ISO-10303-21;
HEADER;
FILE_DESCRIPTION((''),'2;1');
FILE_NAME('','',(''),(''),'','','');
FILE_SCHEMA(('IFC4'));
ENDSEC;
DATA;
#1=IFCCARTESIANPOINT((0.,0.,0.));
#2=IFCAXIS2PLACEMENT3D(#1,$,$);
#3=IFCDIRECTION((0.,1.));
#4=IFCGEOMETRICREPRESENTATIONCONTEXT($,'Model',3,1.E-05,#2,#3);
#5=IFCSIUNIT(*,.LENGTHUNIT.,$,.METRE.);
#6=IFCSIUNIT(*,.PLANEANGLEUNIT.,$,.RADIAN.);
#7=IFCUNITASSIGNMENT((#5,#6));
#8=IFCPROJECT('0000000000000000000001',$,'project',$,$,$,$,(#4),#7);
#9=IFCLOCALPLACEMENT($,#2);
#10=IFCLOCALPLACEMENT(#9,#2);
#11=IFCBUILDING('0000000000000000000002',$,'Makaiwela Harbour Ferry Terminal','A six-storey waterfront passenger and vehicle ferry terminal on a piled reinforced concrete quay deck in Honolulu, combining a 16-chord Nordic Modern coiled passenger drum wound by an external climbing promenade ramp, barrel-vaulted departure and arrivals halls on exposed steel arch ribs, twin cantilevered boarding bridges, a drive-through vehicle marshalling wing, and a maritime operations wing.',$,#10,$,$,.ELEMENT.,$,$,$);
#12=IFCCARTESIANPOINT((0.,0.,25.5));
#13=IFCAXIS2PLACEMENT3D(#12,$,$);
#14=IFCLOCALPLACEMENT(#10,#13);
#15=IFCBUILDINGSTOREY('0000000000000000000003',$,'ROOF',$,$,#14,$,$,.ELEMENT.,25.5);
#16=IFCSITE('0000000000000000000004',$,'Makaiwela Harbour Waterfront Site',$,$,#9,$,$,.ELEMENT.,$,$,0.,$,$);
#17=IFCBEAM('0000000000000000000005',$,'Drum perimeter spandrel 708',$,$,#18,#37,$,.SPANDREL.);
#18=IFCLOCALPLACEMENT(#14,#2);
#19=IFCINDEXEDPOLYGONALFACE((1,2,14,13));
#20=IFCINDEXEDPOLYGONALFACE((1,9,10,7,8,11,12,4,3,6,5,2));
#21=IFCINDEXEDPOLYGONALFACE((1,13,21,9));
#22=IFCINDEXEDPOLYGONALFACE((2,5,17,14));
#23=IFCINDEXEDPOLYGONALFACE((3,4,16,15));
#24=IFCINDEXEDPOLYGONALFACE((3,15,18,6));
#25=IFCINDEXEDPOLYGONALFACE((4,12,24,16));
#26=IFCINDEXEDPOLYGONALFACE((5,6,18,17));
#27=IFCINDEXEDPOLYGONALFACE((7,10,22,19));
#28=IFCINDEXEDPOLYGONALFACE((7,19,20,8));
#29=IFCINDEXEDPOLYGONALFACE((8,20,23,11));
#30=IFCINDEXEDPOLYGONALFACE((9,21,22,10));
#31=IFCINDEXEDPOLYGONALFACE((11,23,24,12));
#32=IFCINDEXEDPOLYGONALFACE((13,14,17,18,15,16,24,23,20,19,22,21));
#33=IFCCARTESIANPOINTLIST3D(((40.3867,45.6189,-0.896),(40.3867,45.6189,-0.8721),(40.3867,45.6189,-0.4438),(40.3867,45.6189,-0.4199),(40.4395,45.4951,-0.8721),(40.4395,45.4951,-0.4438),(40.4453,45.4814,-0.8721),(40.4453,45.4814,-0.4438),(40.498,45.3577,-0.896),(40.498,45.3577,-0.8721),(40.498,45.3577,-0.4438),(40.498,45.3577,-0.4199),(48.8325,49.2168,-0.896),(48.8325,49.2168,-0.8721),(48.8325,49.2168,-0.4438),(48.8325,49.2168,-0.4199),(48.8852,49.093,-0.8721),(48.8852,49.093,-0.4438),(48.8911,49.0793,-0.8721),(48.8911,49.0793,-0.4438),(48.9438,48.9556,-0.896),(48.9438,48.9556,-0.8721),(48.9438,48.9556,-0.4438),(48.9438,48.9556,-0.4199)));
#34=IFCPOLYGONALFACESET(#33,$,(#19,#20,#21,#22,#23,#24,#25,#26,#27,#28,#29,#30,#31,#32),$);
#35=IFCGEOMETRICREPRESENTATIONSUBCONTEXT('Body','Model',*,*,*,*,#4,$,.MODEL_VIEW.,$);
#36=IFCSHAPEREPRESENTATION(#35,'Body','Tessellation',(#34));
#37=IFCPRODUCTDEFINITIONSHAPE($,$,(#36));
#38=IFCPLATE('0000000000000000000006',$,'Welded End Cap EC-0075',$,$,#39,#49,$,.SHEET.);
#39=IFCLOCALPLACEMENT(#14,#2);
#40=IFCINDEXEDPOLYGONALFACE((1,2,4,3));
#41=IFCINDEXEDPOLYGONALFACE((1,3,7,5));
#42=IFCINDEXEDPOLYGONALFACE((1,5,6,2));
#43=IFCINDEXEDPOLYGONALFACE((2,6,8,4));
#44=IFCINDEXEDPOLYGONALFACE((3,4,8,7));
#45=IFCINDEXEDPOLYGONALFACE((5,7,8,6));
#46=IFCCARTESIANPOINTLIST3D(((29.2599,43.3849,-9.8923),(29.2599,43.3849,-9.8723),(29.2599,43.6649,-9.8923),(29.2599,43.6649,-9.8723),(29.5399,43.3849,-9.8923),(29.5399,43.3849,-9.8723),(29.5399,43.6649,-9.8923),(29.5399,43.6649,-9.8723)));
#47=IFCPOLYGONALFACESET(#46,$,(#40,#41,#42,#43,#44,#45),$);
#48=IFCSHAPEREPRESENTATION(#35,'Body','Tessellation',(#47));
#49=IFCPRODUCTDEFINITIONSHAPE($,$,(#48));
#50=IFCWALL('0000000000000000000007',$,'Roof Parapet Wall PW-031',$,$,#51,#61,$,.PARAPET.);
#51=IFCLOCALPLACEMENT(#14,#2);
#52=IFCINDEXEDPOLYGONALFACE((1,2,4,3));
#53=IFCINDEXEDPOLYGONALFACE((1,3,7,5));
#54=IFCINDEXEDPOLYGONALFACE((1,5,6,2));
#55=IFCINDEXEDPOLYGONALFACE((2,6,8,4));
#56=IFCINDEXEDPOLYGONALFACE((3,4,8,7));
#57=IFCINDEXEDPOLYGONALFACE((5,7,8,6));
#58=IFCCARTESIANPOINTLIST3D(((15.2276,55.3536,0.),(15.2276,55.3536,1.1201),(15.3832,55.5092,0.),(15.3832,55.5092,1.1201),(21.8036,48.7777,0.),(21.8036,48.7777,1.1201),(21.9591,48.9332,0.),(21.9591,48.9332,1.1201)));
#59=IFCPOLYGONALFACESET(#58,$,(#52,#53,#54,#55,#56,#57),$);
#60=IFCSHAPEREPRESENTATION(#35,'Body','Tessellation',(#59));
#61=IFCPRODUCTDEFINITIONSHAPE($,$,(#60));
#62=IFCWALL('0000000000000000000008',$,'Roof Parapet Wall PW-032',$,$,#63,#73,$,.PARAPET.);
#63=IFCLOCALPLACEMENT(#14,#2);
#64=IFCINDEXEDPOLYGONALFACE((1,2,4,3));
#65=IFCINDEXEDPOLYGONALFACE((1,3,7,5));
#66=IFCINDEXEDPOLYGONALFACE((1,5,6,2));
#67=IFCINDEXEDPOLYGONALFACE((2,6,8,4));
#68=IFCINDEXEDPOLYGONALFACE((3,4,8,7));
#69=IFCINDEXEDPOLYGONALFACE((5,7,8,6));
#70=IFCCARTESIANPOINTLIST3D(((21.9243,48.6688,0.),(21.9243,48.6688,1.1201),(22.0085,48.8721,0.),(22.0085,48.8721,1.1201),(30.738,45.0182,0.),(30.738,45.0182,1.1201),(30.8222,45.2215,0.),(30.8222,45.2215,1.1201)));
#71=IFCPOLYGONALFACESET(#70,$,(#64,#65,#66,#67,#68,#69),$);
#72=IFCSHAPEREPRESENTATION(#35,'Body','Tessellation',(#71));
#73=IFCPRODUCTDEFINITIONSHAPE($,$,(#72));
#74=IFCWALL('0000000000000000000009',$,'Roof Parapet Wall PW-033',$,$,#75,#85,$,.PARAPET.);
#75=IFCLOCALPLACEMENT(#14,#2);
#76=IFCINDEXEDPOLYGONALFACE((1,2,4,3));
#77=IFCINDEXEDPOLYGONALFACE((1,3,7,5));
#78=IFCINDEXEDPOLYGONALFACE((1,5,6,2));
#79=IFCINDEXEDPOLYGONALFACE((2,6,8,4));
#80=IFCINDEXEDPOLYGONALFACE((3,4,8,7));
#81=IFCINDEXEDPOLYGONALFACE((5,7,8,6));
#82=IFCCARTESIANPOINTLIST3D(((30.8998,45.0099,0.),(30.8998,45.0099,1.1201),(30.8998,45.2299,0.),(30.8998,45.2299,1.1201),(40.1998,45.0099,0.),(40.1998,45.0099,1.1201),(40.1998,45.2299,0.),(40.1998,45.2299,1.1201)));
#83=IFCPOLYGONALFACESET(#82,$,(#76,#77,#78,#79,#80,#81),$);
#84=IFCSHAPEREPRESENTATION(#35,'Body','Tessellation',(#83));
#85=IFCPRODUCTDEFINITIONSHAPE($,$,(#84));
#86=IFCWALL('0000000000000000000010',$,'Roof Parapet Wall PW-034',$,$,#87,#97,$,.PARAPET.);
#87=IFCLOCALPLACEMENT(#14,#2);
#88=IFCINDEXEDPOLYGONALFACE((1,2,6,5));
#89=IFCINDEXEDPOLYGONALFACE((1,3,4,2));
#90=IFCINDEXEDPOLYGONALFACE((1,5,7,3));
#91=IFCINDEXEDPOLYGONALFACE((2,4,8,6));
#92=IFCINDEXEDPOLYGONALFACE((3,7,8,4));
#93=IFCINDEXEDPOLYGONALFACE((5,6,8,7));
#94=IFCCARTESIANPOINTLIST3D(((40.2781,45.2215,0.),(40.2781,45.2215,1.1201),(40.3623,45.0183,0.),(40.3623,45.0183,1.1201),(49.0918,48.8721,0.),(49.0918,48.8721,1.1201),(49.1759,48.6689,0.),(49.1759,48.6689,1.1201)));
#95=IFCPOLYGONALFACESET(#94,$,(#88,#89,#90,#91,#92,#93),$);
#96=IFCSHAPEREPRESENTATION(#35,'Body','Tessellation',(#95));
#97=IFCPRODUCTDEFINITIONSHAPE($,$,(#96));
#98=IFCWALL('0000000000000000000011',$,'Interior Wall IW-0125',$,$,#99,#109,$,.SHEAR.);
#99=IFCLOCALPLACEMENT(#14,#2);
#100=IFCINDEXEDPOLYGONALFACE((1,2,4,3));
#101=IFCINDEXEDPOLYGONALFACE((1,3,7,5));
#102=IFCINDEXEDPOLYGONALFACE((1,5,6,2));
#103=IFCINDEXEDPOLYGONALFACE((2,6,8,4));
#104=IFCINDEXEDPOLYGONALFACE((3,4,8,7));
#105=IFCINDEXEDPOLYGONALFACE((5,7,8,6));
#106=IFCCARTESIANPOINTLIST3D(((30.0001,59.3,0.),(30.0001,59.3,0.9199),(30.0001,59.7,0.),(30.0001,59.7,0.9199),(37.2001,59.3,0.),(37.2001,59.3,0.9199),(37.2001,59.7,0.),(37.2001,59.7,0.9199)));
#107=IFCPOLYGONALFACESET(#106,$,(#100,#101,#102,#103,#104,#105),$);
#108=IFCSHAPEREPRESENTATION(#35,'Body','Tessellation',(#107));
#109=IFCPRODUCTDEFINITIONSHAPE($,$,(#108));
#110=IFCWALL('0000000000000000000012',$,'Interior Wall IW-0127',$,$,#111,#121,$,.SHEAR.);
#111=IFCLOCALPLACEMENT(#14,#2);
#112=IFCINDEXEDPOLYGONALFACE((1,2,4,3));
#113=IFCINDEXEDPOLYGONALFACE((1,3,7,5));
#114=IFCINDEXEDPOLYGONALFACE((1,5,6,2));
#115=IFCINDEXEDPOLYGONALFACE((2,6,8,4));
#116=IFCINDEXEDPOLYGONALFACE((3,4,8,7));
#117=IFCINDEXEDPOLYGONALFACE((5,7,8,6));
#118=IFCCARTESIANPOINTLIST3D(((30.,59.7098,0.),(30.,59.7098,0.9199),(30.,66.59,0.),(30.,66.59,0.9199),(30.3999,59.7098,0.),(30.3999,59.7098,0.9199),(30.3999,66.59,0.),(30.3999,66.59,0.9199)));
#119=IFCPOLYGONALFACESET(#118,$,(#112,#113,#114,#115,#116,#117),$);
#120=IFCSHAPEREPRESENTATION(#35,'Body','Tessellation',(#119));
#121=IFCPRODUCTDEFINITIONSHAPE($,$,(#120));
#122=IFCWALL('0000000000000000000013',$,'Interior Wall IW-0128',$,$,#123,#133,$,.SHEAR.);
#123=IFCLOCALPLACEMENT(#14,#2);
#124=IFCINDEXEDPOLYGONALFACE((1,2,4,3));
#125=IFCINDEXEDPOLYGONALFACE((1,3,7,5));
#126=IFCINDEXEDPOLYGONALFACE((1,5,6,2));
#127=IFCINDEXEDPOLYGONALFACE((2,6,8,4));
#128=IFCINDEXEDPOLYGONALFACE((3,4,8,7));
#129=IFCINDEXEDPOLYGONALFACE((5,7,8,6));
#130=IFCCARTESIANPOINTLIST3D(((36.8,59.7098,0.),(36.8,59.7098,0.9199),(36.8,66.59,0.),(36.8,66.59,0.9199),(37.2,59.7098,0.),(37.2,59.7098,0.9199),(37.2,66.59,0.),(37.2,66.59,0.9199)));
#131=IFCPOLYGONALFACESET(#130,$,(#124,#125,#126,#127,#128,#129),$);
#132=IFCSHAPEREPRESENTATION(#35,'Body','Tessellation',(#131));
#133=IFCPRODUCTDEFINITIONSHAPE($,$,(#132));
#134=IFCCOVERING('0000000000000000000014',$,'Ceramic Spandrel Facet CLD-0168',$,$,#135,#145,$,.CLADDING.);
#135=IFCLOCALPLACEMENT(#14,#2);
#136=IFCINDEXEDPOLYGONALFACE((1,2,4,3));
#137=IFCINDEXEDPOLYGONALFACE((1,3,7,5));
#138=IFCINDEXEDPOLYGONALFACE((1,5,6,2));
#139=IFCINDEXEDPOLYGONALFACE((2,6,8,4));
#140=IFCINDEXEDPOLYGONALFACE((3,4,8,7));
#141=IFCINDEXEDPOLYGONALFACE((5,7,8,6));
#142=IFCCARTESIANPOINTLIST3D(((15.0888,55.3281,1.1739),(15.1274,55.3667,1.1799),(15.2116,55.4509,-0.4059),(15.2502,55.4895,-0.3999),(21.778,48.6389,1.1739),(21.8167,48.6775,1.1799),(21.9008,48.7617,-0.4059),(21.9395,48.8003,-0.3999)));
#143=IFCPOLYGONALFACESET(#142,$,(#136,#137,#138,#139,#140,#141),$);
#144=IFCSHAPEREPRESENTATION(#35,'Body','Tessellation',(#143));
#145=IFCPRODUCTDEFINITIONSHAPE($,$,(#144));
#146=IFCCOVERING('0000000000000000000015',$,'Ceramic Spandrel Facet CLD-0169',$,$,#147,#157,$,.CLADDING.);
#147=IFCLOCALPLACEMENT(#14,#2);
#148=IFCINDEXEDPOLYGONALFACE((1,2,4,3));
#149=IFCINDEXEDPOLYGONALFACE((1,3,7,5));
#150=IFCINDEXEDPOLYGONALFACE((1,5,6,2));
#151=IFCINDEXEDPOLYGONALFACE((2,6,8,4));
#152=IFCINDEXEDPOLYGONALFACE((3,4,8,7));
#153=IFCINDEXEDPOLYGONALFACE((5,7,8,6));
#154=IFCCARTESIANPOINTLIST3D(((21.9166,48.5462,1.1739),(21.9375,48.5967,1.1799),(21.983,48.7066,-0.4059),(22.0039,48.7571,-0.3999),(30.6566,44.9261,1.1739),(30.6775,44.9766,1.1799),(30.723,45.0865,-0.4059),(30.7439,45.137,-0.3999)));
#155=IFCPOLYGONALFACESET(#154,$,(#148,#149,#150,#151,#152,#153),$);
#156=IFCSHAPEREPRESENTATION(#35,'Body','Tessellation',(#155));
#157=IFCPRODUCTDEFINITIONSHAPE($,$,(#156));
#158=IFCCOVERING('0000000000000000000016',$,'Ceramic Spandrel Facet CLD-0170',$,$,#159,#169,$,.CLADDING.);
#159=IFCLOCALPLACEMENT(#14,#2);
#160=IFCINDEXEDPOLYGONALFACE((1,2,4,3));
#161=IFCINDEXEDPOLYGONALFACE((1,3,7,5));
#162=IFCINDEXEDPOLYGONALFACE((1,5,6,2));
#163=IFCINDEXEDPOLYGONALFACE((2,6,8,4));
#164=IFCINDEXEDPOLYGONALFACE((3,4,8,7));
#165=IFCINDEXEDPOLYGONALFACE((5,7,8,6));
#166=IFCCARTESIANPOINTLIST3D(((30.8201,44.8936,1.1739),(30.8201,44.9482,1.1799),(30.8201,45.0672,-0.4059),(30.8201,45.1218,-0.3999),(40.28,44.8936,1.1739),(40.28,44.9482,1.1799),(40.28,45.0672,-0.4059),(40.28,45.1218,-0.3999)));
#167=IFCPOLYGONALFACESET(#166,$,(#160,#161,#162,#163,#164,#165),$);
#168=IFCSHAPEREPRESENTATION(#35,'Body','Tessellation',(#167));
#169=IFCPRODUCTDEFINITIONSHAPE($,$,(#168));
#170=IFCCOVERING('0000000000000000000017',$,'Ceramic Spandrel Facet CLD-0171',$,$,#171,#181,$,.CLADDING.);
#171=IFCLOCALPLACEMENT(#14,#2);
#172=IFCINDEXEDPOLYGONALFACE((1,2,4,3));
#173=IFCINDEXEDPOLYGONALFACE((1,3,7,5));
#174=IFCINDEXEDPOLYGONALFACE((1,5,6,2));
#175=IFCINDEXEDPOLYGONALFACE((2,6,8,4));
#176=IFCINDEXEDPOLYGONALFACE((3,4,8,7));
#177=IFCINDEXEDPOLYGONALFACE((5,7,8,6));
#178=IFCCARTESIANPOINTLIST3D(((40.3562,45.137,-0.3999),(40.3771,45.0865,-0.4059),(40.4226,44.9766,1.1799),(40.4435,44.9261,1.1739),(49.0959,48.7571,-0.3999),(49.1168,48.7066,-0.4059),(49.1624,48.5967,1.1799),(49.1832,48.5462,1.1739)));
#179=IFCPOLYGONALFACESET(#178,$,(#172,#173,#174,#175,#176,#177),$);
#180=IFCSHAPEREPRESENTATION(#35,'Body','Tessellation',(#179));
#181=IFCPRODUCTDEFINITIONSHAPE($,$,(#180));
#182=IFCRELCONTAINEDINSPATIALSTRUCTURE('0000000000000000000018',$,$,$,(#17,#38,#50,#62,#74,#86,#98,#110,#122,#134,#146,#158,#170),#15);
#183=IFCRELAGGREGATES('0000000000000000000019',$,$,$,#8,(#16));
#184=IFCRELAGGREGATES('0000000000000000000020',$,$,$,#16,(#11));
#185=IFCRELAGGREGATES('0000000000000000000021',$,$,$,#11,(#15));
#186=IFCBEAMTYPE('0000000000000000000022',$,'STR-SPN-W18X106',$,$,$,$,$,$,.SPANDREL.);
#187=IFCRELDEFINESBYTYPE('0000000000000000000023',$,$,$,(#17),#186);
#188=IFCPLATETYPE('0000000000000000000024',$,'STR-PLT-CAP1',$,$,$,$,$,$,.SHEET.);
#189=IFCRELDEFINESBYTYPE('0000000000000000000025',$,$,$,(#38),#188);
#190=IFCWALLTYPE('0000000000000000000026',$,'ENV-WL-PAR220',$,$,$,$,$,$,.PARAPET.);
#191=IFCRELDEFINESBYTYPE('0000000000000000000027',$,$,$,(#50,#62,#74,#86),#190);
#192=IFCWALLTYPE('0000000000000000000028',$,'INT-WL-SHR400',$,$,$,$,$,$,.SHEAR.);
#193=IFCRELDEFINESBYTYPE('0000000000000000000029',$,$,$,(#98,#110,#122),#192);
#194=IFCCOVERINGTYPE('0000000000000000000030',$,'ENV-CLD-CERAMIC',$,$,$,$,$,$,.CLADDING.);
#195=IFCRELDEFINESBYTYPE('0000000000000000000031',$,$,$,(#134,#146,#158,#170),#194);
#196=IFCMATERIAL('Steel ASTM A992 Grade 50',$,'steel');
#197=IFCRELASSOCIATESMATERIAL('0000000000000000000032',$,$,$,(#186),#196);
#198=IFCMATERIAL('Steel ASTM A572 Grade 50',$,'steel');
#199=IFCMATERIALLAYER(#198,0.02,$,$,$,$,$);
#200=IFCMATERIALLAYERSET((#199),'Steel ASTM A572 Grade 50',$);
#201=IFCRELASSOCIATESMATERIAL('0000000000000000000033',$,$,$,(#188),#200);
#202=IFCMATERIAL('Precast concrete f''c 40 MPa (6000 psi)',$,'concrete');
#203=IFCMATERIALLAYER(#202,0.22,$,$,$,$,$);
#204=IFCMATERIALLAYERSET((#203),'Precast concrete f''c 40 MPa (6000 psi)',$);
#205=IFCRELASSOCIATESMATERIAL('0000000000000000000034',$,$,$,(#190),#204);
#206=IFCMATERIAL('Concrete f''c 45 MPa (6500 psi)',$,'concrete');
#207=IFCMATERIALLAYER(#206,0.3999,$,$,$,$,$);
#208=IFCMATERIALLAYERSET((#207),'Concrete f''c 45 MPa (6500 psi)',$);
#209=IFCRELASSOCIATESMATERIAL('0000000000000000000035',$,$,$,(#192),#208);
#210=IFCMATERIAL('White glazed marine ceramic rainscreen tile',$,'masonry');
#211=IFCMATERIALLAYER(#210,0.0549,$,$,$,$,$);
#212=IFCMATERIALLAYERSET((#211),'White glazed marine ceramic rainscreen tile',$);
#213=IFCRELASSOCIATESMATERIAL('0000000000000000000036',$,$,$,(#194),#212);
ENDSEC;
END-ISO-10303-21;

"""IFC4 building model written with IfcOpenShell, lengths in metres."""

from ifc_helpers import new_model, si_unit, direction, frame, frame_2d, origin, origin_2d, place, context, subcontext, project, spatial, polyline, rectangle, i_section, outline, extrude, material, layer, layer_set, material_profile, profile_set, type_object, element, save


model = new_model("IFC4")

# Units and contexts
model_context = context("Model", 3, precision=1e-05, world=origin(), true_north=direction((0.0, 1.0)))
body_context = subcontext(model_context, "Body", "Model", "MODEL_VIEW")
ifc_project = project(units=[si_unit("LENGTHUNIT", "METRE"), si_unit("PLANEANGLEUNIT", "RADIAN")], contexts=[model_context])

# Site, building, storey
site_placement = place(None, origin())
site = spatial("IfcSite", under=ifc_project, at=site_placement, Name="Makaiwela Harbour Waterfront Site", CompositionType="ELEMENT", RefElevation=0.0)
building_placement = place(site_placement, origin())
building = spatial("IfcBuilding", under=site, at=building_placement, Name="Makaiwela Harbour Ferry Terminal", Description="A six-storey waterfront passenger and vehicle ferry terminal on a piled reinforced concrete quay deck in Honolulu, combining a 16-chord Nordic Modern coiled passenger drum wound by an external climbing promenade ramp, barrel-vaulted departure and arrivals halls on exposed steel arch ribs, twin cantilevered boarding bridges, a drive-through vehicle marshalling wing, and a maritime operations wing.", CompositionType="ELEMENT")
storey_placement = place(building_placement, frame((0.0, 0.0, 25.5)))
storey = spatial("IfcBuildingStorey", under=building, at=storey_placement, Name="ROOF", CompositionType="ELEMENT", Elevation=25.5)

# Shared definitions
ifc_material_1 = material(Name="Steel ASTM A992 Grade 50", Category="steel")

# Beam
ifc_material_profile_1 = material_profile(ifc_material_1, i_section(OverallWidth=0.2839, OverallDepth=0.4761, WebThickness=0.0149, FlangeThickness=0.0239, at=origin_2d()), Name="W18X106")
ifc_profile_set_1 = profile_set([ifc_material_profile_1], Name="Steel ASTM A992 Grade 50")
beam_type_1 = type_object("IfcBeamType", Name="STR-SPN-W18X106", PredefinedType="SPANDREL", material=ifc_profile_set_1)
beam_1_placement = place(storey_placement, frame((40.4424, 45.4883, -0.658), z_axis=(0.92, 0.391919, 0.0), x_axis=(-0.391919, 0.92, 0.0)))
element("IfcBeam", 1, at=beam_1_placement, inside=storey, type_object=beam_type_1, Name="Drum perimeter spandrel 708", PredefinedType="SPANDREL", context=body_context, shape_type="SweptSolid", body=[
    extrude(i_section(OverallWidth=0.2839, OverallDepth=0.4761, WebThickness=0.0149, FlangeThickness=0.0239, at=origin_2d()), origin(), (0.0, 0.0, 1.0), 9.1802),
])

# Plate
ifc_material_2 = material(Name="Steel ASTM A572 Grade 50", Category="steel")
ifc_layer_1 = layer(ifc_material_2, 0.02)
ifc_layer_set_1 = layer_set([ifc_layer_1], Name="Steel ASTM A572 Grade 50")
plate_type = type_object("IfcPlateType", Name="STR-PLT-CAP1", PredefinedType="SHEET", material=ifc_layer_set_1)
plate_placement = place(storey_placement, frame((29.3999, 43.5249, -9.8923), z_axis=(0.0, 0.0, 1.0), x_axis=(0.0, 1.0, 0.0)))
element("IfcPlate", 2, at=plate_placement, inside=storey, type_object=plate_type, Name="Welded End Cap EC-0075", PredefinedType="SHEET", context=body_context, shape_type="SweptSolid", body=[
    extrude(rectangle(XDim=0.28, YDim=0.28, at=origin_2d()), origin(), (0.0, 0.0, 1.0), 0.02),
])

# Walls
ifc_material_3 = material(Name="Precast concrete f'c 40 MPa (6000 psi)", Category="concrete")
ifc_layer_2 = layer(ifc_material_3, 0.22)
ifc_layer_set_2 = layer_set([ifc_layer_2], Name="Precast concrete f'c 40 MPa (6000 psi)")
wall_type_1 = type_object("IfcWallType", Name="ENV-WL-PAR220", PredefinedType="PARAPET", material=ifc_layer_set_2)
wall_1_placement = place(storey_placement, frame((15.3054, 55.4314, 0.0), z_axis=(0.0, 0.0, 1.0), x_axis=(0.707107, -0.707107, 0.0)))
element("IfcWall", 3, at=wall_1_placement, inside=storey, type_object=wall_type_1, Name="Roof Parapet Wall PW-031", PredefinedType="PARAPET", context=body_context, shape_type="SweptSolid", body=[
    extrude(rectangle(XDim=9.2998, YDim=0.22, at=frame_2d((4.6499, 0.0))), origin(), (0.0, 0.0, 1.0), 1.1201),
])
wall_2_placement = place(storey_placement, frame((21.9663, 48.7705, 0.0), z_axis=(0.0, 0.0, 1.0), x_axis=(0.923884, -0.382672, 0.0)))
element("IfcWall", 4, at=wall_2_placement, inside=storey, type_object=wall_type_1, Name="Roof Parapet Wall PW-032", PredefinedType="PARAPET", context=body_context, shape_type="SweptSolid", body=[
    extrude(rectangle(XDim=9.5398, YDim=0.22, at=frame_2d((4.77, 0.0))), origin(), (0.0, 0.0, 1.0), 1.1201),
])
wall_3_placement = place(storey_placement, frame((30.8999, 45.1199, 0.0), z_axis=(0.0, 0.0, 1.0), x_axis=(1.0, 0.0, 0.0)))
element("IfcWall", 5, at=wall_3_placement, inside=storey, type_object=wall_type_1, Name="Roof Parapet Wall PW-033", PredefinedType="PARAPET", context=body_context, shape_type="SweptSolid", body=[
    extrude(rectangle(XDim=9.3, YDim=0.22, at=frame_2d((4.6499, 0.0))), origin(), (0.0, 0.0, 1.0), 1.1201),
])
wall_4_placement = place(storey_placement, frame((40.3201, 45.1199, 0.0), z_axis=(0.0, 0.0, 1.0), x_axis=(0.923884, 0.382672, 0.0)))
element("IfcWall", 6, at=wall_4_placement, inside=storey, type_object=wall_type_1, Name="Roof Parapet Wall PW-034", PredefinedType="PARAPET", context=body_context, shape_type="SweptSolid", body=[
    extrude(rectangle(XDim=9.5398, YDim=0.22, at=frame_2d((4.77, 0.0))), origin(), (0.0, 0.0, 1.0), 1.1201),
])
ifc_material_4 = material(Name="Concrete f'c 45 MPa (6500 psi)", Category="concrete")
ifc_layer_3 = layer(ifc_material_4, 0.3999)
ifc_layer_set_3 = layer_set([ifc_layer_3], Name="Concrete f'c 45 MPa (6500 psi)")
wall_type_2 = type_object("IfcWallType", Name="INT-WL-SHR400", PredefinedType="SHEAR", material=ifc_layer_set_3)
wall_5_placement = place(storey_placement, frame((30.0, 59.5, 0.0), z_axis=(0.0, 0.0, 1.0), x_axis=(1.0, 0.0, 0.0)))
element("IfcWall", 7, at=wall_5_placement, inside=storey, type_object=wall_type_2, Name="Interior Wall IW-0125", PredefinedType="SHEAR", context=body_context, shape_type="SweptSolid", body=[
    extrude(rectangle(XDim=7.2, YDim=0.3999, at=frame_2d((3.6001, 0.0))), origin(), (0.0, 0.0, 1.0), 0.9199),
])
for number, where, z_axis, x_axis, name in (
    (8, (30.2, 59.71, 0.0), (0.0, 0.0, 1.0), (0.0, 1.0, 0.0), "Interior Wall IW-0127"),
    (9, (37.0, 59.71, 0.0), (0.0, 0.0, 1.0), (0.0, 1.0, 0.0), "Interior Wall IW-0128"),
):
    element("IfcWall", number, at=place(storey_placement, frame(where, z_axis=z_axis, x_axis=x_axis)), inside=storey, type_object=wall_type_2, Name=name, PredefinedType="SHEAR", context=body_context, shape_type="SweptSolid", body=[
        extrude(rectangle(XDim=6.8801, YDim=0.3999, at=frame_2d((3.4399, 0.0))), origin(), (0.0, 0.0, 1.0), 0.9199),
    ])

# Coverings
ifc_material_5 = material(Name="White glazed marine ceramic rainscreen tile", Category="masonry")
ifc_layer_4 = layer(ifc_material_5, 0.0549)
ifc_layer_set_4 = layer_set([ifc_layer_4], Name="White glazed marine ceramic rainscreen tile")
covering_type = type_object("IfcCoveringType", Name="ENV-CLD-CERAMIC", PredefinedType="CLADDING", material=ifc_layer_set_4)
covering_1_placement = place(storey_placement, frame((15.2502, 55.4895, -0.3999), z_axis=(0.702873, 0.702873, 0.109271), x_axis=(0.707107, -0.707107, 0.0)))
element("IfcCovering", 10, at=covering_1_placement, inside=storey, type_object=covering_type, Name="Ceramic Spandrel Facet CLD-0168", PredefinedType="CLADDING", context=body_context, shape_type="SweptSolid", body=[
    extrude(outline(polyline([(0.0, 0.0), (9.46, 0.0), (9.46, -1.5894), (0.0, -1.5894), (0.0, 0.0)])), origin(), (0.0, 0.0, -1.0), 0.0549),
])
covering_2_placement = place(storey_placement, frame((22.0039, 48.7571, -0.3999), z_axis=(0.380384, 0.918355, 0.109229), x_axis=(0.923883, -0.382674, 0.0)))
element("IfcCovering", 11, at=covering_2_placement, inside=storey, type_object=covering_type, Name="Ceramic Spandrel Facet CLD-0169", PredefinedType="CLADDING", context=body_context, shape_type="SweptSolid", body=[
    extrude(outline(polyline([(0.0, 0.0), (9.4601, 0.0), (9.4601, -1.5893), (0.0, -1.5893), (0.0, 0.0)])), origin(), (0.0, 0.0, -1.0), 0.0549),
])
covering_3_placement = place(storey_placement, frame((30.8201, 45.1218, -0.3999), z_axis=(0.0, 0.994018, 0.109218), x_axis=(1.0, 0.0, 0.0)))
element("IfcCovering", 12, at=covering_3_placement, inside=storey, type_object=covering_type, Name="Ceramic Spandrel Facet CLD-0170", PredefinedType="CLADDING", context=body_context, shape_type="SweptSolid", body=[
    extrude(outline(polyline([(0.0, 0.0), (9.46, 0.0), (9.46, -1.5893), (0.0, -1.5893), (0.0, 0.0)])), origin(), (0.0, 0.0, -1.0), 0.0549),
])
covering_4_placement = place(storey_placement, frame((40.3562, 45.137, -0.3999), z_axis=(-0.380393, 0.918352, 0.109229), x_axis=(0.92388, 0.382683, 0.0)))
element("IfcCovering", 13, at=covering_4_placement, inside=storey, type_object=covering_type, Name="Ceramic Spandrel Facet CLD-0171", PredefinedType="CLADDING", context=body_context, shape_type="SweptSolid", body=[
    extrude(outline(polyline([(0.0, 0.0), (9.4598, 0.0), (9.4598, -1.5893), (0.0, -1.5893), (0.0, 0.0)])), origin(), (0.0, 0.0, -1.0), 0.0549),
])

save(model, "model.ifc")
